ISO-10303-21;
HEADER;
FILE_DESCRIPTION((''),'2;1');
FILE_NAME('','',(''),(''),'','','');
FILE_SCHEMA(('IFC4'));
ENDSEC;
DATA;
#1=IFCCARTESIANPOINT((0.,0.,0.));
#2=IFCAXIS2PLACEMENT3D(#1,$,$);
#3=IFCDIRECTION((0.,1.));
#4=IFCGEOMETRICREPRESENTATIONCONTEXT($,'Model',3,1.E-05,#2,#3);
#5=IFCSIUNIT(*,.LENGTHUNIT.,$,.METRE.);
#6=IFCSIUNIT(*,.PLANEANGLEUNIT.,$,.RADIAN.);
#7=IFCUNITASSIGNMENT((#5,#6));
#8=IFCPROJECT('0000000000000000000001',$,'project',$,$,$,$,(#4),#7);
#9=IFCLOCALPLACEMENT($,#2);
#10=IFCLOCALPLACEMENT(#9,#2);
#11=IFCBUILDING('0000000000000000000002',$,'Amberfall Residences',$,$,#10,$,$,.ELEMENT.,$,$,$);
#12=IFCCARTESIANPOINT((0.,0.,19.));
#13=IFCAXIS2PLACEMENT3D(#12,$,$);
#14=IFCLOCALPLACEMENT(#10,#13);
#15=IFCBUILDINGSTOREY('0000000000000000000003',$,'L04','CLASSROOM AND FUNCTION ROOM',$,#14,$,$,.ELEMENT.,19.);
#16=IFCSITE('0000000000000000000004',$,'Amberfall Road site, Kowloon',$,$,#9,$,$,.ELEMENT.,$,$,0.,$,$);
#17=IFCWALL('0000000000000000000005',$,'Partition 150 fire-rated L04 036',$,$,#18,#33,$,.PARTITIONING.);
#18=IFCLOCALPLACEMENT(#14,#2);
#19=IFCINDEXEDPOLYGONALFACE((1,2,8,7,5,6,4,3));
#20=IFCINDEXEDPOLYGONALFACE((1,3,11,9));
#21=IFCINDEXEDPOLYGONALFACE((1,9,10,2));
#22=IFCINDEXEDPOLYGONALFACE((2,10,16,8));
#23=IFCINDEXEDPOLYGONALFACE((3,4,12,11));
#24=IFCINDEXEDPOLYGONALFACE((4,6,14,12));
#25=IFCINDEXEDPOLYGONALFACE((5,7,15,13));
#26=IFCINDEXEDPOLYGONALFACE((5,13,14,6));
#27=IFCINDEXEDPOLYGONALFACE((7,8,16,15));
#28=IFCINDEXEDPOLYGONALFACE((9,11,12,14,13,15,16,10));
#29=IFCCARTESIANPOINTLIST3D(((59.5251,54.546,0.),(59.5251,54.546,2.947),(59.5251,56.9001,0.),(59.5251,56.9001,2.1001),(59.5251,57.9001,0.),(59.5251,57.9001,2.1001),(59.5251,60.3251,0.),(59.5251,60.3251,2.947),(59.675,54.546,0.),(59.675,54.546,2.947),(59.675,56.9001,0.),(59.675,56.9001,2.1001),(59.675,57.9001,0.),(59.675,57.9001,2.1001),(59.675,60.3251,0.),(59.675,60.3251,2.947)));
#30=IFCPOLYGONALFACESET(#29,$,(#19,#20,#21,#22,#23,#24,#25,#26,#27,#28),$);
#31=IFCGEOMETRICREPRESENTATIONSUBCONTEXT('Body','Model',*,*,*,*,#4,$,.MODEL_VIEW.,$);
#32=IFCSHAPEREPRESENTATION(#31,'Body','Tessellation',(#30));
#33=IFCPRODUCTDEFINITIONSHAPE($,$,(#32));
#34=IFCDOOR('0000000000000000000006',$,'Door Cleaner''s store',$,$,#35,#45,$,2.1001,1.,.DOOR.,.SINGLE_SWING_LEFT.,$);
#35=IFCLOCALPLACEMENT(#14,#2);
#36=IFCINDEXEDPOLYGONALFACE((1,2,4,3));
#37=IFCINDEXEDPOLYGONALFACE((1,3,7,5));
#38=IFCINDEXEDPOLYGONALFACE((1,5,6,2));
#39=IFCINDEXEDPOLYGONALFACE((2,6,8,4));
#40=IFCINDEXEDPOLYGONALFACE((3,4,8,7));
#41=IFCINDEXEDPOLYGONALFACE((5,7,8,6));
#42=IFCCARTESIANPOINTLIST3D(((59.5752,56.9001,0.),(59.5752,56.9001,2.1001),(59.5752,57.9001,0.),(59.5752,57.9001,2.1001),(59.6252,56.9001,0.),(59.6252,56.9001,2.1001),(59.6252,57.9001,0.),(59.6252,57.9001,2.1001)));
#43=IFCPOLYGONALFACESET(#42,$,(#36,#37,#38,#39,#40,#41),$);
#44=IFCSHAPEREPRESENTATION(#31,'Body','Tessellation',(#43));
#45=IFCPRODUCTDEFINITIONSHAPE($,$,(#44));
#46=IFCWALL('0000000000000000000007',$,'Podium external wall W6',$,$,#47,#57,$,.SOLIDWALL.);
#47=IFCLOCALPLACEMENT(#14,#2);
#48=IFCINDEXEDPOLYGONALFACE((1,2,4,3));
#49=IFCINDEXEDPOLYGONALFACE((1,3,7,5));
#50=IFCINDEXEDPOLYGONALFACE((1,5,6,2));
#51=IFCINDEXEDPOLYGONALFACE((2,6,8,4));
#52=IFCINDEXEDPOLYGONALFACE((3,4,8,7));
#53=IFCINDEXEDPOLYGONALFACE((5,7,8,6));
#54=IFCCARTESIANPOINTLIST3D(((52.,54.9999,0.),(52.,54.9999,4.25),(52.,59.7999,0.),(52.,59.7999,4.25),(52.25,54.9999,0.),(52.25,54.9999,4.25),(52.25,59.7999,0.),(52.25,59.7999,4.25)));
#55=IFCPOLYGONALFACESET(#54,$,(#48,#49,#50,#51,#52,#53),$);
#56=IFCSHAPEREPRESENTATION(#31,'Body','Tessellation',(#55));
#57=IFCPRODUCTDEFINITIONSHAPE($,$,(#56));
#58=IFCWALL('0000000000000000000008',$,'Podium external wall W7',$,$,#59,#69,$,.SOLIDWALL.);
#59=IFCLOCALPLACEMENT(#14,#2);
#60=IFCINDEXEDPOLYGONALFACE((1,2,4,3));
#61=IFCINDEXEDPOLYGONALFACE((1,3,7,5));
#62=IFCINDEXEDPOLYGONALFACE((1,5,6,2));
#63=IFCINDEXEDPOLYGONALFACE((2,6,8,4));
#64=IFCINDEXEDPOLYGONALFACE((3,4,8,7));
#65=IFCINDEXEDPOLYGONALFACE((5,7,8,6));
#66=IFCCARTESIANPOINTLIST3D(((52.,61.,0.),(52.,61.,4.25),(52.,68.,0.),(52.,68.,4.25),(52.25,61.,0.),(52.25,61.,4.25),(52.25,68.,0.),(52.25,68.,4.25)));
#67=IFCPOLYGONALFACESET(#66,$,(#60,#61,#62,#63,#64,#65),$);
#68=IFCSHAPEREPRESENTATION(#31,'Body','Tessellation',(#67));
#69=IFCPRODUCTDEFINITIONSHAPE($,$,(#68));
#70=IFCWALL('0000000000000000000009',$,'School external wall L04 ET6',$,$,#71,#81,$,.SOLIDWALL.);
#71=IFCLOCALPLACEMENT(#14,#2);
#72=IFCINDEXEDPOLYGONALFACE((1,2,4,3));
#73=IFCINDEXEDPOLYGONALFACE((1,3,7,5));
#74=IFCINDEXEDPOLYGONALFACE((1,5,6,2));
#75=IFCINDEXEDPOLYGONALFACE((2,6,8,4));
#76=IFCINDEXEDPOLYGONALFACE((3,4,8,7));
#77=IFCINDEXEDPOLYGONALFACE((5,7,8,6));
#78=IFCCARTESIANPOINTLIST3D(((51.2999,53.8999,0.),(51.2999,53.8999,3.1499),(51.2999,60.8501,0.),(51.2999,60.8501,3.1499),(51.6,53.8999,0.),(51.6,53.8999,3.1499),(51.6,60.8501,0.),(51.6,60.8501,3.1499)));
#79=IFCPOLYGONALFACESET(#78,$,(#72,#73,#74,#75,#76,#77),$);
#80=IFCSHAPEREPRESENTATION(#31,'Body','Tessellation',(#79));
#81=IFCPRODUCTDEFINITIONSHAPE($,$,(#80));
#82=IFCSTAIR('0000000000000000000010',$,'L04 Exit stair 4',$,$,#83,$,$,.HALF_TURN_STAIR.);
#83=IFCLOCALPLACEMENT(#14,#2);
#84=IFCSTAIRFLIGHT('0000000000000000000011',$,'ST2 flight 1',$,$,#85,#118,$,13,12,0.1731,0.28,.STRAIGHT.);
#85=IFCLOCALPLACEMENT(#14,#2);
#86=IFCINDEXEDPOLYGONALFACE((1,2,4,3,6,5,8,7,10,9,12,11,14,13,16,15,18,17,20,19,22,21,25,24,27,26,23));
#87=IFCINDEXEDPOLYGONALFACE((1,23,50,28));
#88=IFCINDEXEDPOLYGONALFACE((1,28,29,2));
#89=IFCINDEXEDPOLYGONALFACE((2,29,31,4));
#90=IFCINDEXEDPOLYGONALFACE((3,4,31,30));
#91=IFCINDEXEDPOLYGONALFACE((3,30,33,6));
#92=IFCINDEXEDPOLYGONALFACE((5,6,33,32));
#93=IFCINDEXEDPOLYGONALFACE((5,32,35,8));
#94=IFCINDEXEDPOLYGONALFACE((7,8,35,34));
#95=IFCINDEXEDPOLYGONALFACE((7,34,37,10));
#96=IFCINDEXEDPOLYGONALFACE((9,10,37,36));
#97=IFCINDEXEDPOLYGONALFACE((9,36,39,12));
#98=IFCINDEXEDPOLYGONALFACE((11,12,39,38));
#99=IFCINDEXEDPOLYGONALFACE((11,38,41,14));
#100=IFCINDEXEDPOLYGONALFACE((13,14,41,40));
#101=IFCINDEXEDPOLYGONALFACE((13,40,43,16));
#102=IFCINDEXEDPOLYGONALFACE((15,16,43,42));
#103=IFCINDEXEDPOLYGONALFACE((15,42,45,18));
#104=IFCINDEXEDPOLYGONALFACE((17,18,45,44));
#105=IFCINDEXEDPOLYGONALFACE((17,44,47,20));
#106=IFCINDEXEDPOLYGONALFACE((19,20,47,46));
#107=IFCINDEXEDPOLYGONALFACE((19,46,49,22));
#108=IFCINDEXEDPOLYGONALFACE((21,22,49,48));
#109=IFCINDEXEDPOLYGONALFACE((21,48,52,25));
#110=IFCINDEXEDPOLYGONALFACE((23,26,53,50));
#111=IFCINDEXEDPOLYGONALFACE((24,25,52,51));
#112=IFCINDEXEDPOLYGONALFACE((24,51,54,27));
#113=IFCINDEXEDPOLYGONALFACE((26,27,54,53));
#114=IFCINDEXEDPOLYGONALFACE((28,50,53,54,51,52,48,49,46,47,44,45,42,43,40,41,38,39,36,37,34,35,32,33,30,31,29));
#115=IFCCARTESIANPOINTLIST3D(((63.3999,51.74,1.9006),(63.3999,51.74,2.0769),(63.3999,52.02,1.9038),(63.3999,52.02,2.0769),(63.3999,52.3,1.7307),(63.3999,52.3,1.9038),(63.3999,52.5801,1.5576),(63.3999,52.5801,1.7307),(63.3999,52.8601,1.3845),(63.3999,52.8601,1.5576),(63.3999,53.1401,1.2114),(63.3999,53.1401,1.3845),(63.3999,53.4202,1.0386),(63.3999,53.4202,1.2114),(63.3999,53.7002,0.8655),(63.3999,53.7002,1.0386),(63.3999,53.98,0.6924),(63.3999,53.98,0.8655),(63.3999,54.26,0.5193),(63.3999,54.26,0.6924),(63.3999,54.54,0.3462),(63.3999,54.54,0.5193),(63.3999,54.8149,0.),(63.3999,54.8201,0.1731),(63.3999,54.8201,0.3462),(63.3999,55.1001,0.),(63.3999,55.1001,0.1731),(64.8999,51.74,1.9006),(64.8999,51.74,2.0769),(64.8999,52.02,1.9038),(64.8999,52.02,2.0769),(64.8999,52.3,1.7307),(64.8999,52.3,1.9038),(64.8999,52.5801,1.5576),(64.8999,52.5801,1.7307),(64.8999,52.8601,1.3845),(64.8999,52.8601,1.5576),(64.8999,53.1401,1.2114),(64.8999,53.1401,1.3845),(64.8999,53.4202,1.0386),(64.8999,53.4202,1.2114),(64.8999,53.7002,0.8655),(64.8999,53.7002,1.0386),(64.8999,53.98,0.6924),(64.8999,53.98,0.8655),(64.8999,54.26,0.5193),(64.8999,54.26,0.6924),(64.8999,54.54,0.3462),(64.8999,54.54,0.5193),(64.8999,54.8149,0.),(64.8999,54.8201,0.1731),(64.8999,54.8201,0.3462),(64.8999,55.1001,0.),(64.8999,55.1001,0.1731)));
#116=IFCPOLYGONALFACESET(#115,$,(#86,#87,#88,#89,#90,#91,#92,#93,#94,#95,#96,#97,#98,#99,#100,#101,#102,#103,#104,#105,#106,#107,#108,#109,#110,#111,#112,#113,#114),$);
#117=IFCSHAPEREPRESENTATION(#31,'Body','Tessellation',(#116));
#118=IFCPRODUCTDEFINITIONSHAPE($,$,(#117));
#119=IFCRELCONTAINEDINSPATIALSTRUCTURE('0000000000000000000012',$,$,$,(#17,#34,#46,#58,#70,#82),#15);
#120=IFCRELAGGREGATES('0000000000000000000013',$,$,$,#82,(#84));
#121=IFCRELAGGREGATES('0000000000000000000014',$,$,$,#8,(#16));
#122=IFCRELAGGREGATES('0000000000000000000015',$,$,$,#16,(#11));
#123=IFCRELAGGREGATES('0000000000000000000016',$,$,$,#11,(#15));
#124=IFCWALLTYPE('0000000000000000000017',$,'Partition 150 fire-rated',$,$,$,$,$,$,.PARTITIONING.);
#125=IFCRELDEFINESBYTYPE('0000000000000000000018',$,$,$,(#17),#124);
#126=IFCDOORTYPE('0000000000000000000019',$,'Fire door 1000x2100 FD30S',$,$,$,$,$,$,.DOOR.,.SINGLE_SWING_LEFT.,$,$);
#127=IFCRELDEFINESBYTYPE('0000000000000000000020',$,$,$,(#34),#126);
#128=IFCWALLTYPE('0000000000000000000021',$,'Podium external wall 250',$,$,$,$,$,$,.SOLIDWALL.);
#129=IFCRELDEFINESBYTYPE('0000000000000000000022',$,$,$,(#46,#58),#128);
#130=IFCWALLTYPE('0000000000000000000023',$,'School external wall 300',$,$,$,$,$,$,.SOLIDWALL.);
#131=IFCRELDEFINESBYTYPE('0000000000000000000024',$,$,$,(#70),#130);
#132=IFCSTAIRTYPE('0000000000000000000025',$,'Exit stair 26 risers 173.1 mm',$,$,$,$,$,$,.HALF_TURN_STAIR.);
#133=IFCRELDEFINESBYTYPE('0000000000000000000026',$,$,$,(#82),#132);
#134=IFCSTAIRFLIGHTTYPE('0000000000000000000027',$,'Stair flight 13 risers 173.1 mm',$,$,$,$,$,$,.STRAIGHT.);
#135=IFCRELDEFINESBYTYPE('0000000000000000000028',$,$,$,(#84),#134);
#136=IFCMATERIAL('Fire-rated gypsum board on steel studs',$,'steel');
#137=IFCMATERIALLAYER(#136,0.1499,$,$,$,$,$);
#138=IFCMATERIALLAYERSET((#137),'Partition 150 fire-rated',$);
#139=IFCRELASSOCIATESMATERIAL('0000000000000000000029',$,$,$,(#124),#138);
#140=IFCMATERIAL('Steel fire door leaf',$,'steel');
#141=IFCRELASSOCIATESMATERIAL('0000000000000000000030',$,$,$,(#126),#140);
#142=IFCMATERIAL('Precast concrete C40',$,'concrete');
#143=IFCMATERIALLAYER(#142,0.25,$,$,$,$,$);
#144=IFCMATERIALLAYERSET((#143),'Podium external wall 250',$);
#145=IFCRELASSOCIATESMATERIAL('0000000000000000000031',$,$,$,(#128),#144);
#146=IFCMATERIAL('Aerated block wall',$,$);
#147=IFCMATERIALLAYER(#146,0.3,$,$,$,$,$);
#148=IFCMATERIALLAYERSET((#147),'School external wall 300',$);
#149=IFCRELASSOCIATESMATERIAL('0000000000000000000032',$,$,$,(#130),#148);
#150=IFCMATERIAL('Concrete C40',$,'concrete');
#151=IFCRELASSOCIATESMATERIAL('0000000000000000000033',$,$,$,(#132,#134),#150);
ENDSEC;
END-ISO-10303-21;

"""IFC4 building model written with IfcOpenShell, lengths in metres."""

from ifc_helpers import new_model, si_unit, direction, frame, frame_2d, origin, place, context, subcontext, project, spatial, polyline, rectangle, outline, extrude, material, layer, layer_set, type_object, element, fill, aggregate, save


model = new_model("IFC4")

# Units and contexts
model_context = context("Model", 3, precision=1e-05, world=origin(), true_north=direction((0.0, 1.0)))
body_context = subcontext(model_context, "Body", "Model", "MODEL_VIEW")
ifc_project = project(units=[si_unit("LENGTHUNIT", "METRE"), si_unit("PLANEANGLEUNIT", "RADIAN")], contexts=[model_context])

# Site, building, storey
site_placement = place(None, origin())
site = spatial("IfcSite", under=ifc_project, at=site_placement, Name="Amberfall Road site, Kowloon", CompositionType="ELEMENT", RefElevation=0.0)
building_placement = place(site_placement, origin())
building = spatial("IfcBuilding", under=site, at=building_placement, Name="Amberfall Residences", CompositionType="ELEMENT")
storey_placement = place(building_placement, frame((0.0, 0.0, 19.0)))
storey = spatial("IfcBuildingStorey", under=building, at=storey_placement, Name="L04", Description="CLASSROOM AND FUNCTION ROOM", CompositionType="ELEMENT", Elevation=19.0)

# Shared definitions
ifc_material_1 = material(Name="Fire-rated gypsum board on steel studs", Category="steel")
ifc_layer_1 = layer(ifc_material_1, 0.1499)
ifc_layer_set_1 = layer_set([ifc_layer_1], Name="Partition 150 fire-rated")
wall_type_1 = type_object("IfcWallType", Name="Partition 150 fire-rated", PredefinedType="PARTITIONING", material=ifc_layer_set_1)

# Wall, opening, door
wall_1_placement = place(storey_placement, frame((59.6001, 54.5459, 0.0), z_axis=(0.0, 0.0, 1.0), x_axis=(0.0, 1.0, 0.0)))
wall_1 = element("IfcWall", 1, at=wall_1_placement, inside=storey, type_object=wall_type_1, Name="Partition 150 fire-rated L04 036", PredefinedType="PARTITIONING", context=body_context, shape_type="SweptSolid", body=[
    extrude(rectangle(XDim=5.7791, YDim=0.1499, at=frame_2d((2.8896, 0.0))), origin(), (0.0, 0.0, 1.0), 2.947),
])
opening_1_placement = place(wall_1_placement, frame((2.3542, 0.0, 0.0)))
opening_1 = element("IfcOpeningElement", 2, at=opening_1_placement, cuts=wall_1, PredefinedType="OPENING", context=body_context, shape_type="SweptSolid", body=[
    extrude(rectangle(XDim=1.0, YDim=2.1001, at=frame_2d((0.5, 1.05))), frame((0.0, 0.085, 0.0), z_axis=(0.0, -1.0, 0.0), x_axis=(1.0, 0.0, 0.0)), (0.0, 0.0, 1.0), 0.1699),
])
ifc_material_2 = material(Name="Steel fire door leaf", Category="steel")
door_type_1 = type_object("IfcDoorType", Name="Fire door 1000x2100 FD30S", OperationType="SINGLE_SWING_LEFT", PredefinedType="DOOR", material=ifc_material_2)
door_1_placement = place(opening_1_placement, origin())
door_1 = element("IfcDoor", 3, at=door_1_placement, inside=storey, type_object=door_type_1, Name="Door Cleaner's store", OperationType="SINGLE_SWING_LEFT", OverallHeight=2.1001, OverallWidth=1.0, PredefinedType="DOOR", context=body_context, shape_type="SweptSolid", body=[
    extrude(rectangle(XDim=1.0, YDim=2.1001, at=frame_2d((0.5, 1.05))), frame((0.0, 0.0249, 0.0), z_axis=(0.0, -1.0, 0.0), x_axis=(1.0, 0.0, 0.0)), (0.0, 0.0, 1.0), 0.05),
])
fill(opening_1, door_1)

# Walls
ifc_material_3 = material(Name="Precast concrete C40", Category="concrete")
ifc_layer_2 = layer(ifc_material_3, 0.25)
ifc_layer_set_2 = layer_set([ifc_layer_2], Name="Podium external wall 250")
wall_type_2 = type_object("IfcWallType", Name="Podium external wall 250", PredefinedType="SOLIDWALL", material=ifc_layer_set_2)
wall_2_placement = place(storey_placement, frame((52.125, 55.0, 0.0), z_axis=(0.0, 0.0, 1.0), x_axis=(0.0, 1.0, 0.0)))
element("IfcWall", 4, at=wall_2_placement, inside=storey, type_object=wall_type_2, Name="Podium external wall W6", PredefinedType="SOLIDWALL", context=body_context, shape_type="SweptSolid", body=[
    extrude(rectangle(XDim=4.8, YDim=0.25, at=frame_2d((2.3999, 0.0))), origin(), (0.0, 0.0, 1.0), 4.25),
])
wall_3_placement = place(storey_placement, frame((52.125, 61.0, 0.0), z_axis=(0.0, 0.0, 1.0), x_axis=(0.0, 1.0, 0.0)))
element("IfcWall", 5, at=wall_3_placement, inside=storey, type_object=wall_type_2, Name="Podium external wall W7", PredefinedType="SOLIDWALL", context=body_context, shape_type="SweptSolid", body=[
    extrude(rectangle(XDim=7.0, YDim=0.25, at=frame_2d((3.5, 0.0))), origin(), (0.0, 0.0, 1.0), 4.25),
])
ifc_material_4 = material(Name="Aerated block wall")
ifc_layer_3 = layer(ifc_material_4, 0.3)
ifc_layer_set_3 = layer_set([ifc_layer_3], Name="School external wall 300")
wall_type_3 = type_object("IfcWallType", Name="School external wall 300", PredefinedType="SOLIDWALL", material=ifc_layer_set_3)
wall_4_placement = place(storey_placement, frame((51.45, 53.8999, 0.0), z_axis=(0.0, 0.0, 1.0), x_axis=(0.0, 1.0, 0.0)))
element("IfcWall", 6, at=wall_4_placement, inside=storey, type_object=wall_type_3, Name="School external wall L04 ET6", PredefinedType="SOLIDWALL", context=body_context, shape_type="SweptSolid", body=[
    extrude(rectangle(XDim=6.9502, YDim=0.3, at=frame_2d((3.4751, 0.0))), origin(), (0.0, 0.0, 1.0), 3.1499),
])

# Stair, stair flight
ifc_material_5 = material(Name="Concrete C40", Category="concrete")
stair_type = type_object("IfcStairType", Name="Exit stair 26 risers 173.1 mm", PredefinedType="HALF_TURN_STAIR", material=ifc_material_5)
stair_placement = place(storey_placement, origin())
stair = element("IfcStair", 7, at=stair_placement, inside=storey, type_object=stair_type, Name="L04 Exit stair 4", PredefinedType="HALF_TURN_STAIR")
stair_flight_type = type_object("IfcStairFlightType", Name="Stair flight 13 risers 173.1 mm", PredefinedType="STRAIGHT", material=ifc_material_5)
stair_flight_placement = place(storey_placement, frame((64.1499, 55.1001, 0.0), z_axis=(0.0, 0.0, 1.0), x_axis=(0.0, -1.0, 0.0)))
stair_flight = element("IfcStairFlight", 8, at=stair_flight_placement, type_object=stair_flight_type, Name="ST2 flight 1", NumberOfRisers=13, NumberOfTreads=12, PredefinedType="STRAIGHT", RiserHeight=0.1731, TreadLength=0.28, context=body_context, shape_type="SweptSolid", body=[
    extrude(outline(polyline([(0.0, 0.0), (0.0, 0.1731), (0.28, 0.1731), (0.28, 0.3462), (0.5601, 0.3462), (0.5601, 0.5193), (0.8401, 0.5193), (0.8401, 0.6924), (1.1201, 0.6924), (1.1201, 0.8655), (1.3999, 0.8655), (1.3999, 1.0386), (1.6799, 1.0386), (1.6799, 1.2114), (1.96, 1.2114), (1.96, 1.3845), (2.24, 1.3845), (2.24, 1.5576), (2.52, 1.5576), (2.52, 1.7307), (2.8, 1.7307), (2.8, 1.9038), (3.0801, 1.9038), (3.0801, 2.0769), (3.3601, 2.0769), (3.3601, 2.25), (3.3601, 1.9006), (0.2852, 0.0), (0.0, 0.0)])), frame((0.0, 0.75, 0.0), z_axis=(0.0, -1.0, 0.0), x_axis=(1.0, 0.0, 0.0)), (0.0, 0.0, 1.0), 1.5),
])
aggregate(stair, [stair_flight])

save(model, "model.ifc")
